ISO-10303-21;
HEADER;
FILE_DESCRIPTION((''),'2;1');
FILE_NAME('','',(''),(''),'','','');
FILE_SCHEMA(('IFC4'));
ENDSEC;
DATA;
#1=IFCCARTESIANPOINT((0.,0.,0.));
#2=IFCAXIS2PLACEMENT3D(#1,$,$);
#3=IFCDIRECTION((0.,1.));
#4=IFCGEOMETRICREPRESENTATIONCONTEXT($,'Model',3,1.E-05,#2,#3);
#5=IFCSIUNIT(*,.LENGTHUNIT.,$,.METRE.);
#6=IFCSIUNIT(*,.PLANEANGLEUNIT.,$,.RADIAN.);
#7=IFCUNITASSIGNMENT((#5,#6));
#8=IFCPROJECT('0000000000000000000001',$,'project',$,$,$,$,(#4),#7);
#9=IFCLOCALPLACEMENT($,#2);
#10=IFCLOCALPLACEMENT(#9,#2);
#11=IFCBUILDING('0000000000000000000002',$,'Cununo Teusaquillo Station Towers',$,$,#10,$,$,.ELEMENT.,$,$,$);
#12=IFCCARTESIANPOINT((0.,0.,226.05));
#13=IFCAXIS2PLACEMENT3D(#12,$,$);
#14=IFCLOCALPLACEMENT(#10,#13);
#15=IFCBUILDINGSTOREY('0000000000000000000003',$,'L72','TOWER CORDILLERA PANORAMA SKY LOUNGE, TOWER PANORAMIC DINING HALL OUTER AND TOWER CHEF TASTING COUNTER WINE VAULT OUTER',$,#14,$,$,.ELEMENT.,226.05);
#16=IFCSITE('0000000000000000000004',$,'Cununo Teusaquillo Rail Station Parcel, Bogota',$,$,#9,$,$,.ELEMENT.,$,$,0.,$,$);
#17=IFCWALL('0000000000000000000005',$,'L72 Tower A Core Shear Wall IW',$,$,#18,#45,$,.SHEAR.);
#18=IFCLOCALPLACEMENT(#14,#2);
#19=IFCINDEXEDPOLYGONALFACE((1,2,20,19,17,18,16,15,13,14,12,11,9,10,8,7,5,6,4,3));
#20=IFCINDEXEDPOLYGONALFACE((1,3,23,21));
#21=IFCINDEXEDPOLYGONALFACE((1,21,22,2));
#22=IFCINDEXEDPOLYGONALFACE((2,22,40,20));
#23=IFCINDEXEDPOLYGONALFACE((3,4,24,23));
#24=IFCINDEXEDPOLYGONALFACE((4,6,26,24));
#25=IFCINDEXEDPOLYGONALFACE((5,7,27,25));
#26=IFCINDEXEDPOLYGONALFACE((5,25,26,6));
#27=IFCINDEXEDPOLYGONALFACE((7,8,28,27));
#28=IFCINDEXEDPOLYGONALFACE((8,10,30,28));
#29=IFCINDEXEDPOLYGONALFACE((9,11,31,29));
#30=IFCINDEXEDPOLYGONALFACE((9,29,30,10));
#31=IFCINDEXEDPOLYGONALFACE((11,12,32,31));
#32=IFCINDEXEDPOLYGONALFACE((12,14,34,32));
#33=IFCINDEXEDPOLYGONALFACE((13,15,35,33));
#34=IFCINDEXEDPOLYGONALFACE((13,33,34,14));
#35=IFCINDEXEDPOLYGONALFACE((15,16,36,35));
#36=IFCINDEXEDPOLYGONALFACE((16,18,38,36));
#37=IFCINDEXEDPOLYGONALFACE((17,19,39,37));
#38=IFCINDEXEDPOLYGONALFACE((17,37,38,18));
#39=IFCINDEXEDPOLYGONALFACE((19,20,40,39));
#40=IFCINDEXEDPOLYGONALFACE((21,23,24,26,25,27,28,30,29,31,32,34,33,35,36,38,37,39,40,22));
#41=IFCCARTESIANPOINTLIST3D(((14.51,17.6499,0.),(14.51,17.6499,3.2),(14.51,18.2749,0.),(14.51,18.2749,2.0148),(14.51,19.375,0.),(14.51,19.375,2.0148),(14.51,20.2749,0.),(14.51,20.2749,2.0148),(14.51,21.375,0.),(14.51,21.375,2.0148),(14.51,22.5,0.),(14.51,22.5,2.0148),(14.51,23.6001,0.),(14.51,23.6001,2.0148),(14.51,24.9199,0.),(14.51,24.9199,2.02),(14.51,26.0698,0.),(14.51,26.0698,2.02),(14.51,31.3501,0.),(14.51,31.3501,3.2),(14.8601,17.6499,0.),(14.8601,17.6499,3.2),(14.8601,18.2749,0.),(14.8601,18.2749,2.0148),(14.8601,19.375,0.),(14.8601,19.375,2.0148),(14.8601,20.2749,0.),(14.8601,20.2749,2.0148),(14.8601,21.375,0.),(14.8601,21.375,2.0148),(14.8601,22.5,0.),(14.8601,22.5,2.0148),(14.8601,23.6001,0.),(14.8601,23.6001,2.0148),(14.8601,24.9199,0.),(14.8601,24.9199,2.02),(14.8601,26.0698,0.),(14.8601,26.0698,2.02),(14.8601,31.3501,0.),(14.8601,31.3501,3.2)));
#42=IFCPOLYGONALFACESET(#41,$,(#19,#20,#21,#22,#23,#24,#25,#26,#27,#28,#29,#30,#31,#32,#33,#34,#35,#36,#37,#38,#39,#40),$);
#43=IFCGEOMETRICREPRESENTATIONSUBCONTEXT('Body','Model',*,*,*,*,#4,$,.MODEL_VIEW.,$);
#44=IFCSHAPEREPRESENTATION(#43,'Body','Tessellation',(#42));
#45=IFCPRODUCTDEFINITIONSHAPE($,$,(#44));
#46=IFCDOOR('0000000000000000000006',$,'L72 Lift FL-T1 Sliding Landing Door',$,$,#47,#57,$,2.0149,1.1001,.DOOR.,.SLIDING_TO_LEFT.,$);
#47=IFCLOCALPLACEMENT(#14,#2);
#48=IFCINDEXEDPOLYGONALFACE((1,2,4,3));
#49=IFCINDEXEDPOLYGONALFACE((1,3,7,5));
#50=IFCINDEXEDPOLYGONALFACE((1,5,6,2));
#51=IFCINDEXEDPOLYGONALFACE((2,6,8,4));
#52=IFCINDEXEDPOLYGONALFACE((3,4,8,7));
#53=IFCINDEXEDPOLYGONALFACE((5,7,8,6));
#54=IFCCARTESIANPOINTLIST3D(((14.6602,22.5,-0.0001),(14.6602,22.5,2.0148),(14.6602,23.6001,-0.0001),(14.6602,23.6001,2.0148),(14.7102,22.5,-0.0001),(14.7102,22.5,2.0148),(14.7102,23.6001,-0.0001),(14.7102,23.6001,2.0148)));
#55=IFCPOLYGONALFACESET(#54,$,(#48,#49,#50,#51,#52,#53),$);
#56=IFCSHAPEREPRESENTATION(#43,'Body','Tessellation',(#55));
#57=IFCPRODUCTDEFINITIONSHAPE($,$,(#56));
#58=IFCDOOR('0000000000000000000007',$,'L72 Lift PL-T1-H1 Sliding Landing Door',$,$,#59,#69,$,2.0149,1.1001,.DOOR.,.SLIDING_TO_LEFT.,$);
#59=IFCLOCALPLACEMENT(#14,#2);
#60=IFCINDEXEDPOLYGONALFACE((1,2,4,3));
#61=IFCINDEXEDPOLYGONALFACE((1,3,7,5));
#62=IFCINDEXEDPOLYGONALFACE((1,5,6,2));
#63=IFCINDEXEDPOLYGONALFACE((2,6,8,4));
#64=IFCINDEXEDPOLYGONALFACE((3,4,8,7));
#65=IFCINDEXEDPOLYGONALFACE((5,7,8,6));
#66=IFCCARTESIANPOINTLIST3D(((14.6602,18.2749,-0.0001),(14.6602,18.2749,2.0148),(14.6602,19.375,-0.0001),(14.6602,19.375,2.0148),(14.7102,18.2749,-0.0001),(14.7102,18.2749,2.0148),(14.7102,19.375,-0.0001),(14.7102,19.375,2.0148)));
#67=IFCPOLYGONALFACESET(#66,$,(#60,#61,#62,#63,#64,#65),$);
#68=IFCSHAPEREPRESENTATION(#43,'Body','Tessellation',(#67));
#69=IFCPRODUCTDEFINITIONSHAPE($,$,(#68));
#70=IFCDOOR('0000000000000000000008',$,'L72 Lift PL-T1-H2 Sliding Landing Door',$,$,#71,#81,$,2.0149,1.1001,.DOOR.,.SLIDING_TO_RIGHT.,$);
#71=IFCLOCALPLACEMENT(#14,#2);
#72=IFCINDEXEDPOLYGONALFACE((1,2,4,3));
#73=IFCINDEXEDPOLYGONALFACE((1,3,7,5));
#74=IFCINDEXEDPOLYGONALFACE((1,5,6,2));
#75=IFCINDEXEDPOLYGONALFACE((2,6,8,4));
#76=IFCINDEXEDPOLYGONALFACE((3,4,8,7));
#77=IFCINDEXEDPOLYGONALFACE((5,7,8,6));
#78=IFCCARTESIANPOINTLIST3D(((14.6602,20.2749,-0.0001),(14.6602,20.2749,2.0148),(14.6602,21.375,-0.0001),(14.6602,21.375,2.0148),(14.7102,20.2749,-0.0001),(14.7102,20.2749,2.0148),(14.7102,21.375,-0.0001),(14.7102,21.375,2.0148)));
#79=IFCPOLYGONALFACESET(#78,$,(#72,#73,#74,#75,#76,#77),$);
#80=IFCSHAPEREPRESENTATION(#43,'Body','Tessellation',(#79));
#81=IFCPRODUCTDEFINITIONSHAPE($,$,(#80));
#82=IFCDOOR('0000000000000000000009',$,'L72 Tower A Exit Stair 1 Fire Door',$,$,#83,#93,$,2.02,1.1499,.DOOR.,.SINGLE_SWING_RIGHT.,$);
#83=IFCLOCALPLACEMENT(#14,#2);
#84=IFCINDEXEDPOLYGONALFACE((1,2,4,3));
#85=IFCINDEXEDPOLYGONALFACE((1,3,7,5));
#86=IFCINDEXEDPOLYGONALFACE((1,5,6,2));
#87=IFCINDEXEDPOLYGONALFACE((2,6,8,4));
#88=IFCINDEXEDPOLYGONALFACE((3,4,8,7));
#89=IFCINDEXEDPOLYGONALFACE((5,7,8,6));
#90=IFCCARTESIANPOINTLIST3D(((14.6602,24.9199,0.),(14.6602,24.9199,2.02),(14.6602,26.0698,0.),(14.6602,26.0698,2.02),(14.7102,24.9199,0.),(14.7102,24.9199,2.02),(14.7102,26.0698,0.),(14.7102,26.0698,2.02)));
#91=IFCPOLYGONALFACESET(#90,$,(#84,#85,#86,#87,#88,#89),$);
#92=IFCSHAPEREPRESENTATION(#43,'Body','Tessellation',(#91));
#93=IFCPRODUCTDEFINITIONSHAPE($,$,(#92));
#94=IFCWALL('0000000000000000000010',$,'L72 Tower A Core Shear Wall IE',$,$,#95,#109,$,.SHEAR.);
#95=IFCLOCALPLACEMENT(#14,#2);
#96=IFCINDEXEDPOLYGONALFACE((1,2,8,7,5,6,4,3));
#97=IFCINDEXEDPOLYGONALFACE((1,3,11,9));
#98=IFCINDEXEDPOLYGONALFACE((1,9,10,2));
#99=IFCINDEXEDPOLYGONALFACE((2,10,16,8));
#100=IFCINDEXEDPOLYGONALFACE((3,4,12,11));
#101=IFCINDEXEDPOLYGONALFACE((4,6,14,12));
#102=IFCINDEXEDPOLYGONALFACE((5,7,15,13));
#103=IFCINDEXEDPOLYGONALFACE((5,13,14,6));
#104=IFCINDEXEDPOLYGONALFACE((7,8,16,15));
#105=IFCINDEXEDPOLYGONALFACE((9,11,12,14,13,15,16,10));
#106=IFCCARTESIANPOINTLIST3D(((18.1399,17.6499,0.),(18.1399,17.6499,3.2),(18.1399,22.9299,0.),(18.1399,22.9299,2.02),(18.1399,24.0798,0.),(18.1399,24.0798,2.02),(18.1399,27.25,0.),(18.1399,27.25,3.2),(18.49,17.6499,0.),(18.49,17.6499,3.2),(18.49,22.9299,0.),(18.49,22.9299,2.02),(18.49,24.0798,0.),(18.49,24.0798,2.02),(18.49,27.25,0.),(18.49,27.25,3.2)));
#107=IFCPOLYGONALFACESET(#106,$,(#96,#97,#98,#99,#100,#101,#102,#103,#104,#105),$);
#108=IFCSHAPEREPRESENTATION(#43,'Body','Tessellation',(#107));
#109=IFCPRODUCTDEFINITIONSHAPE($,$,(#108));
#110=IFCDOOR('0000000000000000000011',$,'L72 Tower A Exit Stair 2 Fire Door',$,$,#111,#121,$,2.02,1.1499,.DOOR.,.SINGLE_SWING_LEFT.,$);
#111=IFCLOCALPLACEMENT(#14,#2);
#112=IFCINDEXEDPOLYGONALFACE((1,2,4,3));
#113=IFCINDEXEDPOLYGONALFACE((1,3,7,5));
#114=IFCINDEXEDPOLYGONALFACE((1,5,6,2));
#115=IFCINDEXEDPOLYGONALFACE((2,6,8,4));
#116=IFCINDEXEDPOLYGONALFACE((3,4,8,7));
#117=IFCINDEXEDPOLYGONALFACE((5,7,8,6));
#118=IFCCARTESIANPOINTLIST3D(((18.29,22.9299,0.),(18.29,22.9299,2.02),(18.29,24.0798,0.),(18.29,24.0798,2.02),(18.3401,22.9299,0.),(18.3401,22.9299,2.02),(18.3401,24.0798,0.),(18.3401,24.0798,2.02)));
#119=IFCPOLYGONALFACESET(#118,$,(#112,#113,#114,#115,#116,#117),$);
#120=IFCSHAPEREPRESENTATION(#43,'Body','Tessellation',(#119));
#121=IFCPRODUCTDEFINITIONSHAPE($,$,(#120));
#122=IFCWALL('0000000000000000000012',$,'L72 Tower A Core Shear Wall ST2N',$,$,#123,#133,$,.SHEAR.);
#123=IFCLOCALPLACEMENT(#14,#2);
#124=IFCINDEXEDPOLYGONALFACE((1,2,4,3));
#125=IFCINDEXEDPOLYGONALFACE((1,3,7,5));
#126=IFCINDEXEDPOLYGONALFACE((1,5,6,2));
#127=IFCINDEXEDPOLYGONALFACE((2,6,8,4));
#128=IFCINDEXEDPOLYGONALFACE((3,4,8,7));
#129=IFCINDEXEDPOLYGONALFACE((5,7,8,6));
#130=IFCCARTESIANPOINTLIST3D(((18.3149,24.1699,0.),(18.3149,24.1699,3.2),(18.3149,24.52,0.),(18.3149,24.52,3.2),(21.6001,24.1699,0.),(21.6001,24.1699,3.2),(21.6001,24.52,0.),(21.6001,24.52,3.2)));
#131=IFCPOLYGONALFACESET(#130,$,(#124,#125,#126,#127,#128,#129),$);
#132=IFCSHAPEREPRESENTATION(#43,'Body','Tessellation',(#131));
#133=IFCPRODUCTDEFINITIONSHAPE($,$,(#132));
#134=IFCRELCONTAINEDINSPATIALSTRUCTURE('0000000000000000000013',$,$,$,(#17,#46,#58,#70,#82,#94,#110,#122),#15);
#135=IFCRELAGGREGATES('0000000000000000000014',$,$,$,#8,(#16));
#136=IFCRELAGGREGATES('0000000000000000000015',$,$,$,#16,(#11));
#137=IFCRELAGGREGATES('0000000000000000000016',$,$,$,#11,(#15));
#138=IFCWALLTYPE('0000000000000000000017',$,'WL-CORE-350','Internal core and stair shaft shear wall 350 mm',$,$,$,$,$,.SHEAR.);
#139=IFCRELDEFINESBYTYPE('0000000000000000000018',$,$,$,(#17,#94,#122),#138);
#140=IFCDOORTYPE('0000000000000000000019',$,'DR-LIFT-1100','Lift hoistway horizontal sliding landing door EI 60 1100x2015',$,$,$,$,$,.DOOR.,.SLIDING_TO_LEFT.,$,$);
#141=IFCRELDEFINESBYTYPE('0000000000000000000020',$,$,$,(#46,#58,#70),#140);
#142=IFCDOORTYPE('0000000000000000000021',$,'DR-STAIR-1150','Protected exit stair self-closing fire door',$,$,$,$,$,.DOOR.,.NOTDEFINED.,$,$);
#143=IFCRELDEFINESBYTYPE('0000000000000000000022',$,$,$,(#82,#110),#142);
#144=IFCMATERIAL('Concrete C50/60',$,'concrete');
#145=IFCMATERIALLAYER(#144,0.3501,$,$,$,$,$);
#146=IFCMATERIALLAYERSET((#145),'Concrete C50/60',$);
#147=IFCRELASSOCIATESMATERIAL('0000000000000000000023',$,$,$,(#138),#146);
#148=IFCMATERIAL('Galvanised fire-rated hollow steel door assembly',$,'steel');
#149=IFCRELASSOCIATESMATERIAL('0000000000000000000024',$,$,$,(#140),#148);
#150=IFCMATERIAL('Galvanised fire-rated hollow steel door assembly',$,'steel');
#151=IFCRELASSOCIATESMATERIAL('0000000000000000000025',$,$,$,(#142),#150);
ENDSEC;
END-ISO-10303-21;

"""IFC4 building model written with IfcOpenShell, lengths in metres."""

from ifc_helpers import new_model, si_unit, direction, frame, frame_2d, origin, place, context, subcontext, project, spatial, rectangle, extrude, source, transform, mapped, material, layer, layer_set, type_object, element, fill, save


model = new_model("IFC4")

# Units and contexts
model_context = context("Model", 3, precision=1e-05, world=origin(), true_north=direction((0.0, 1.0)))
body_context = subcontext(model_context, "Body", "Model", "MODEL_VIEW")
ifc_project = project(units=[si_unit("LENGTHUNIT", "METRE"), si_unit("PLANEANGLEUNIT", "RADIAN")], contexts=[model_context])

# Site, building, storey
site_placement = place(None, origin())
site = spatial("IfcSite", under=ifc_project, at=site_placement, Name="Cununo Teusaquillo Rail Station Parcel, Bogota", CompositionType="ELEMENT", RefElevation=0.0)
building_placement = place(site_placement, origin())
building = spatial("IfcBuilding", under=site, at=building_placement, Name="Cununo Teusaquillo Station Towers", CompositionType="ELEMENT")
storey_placement = place(building_placement, frame((0.0, 0.0, 226.05)))
storey = spatial("IfcBuildingStorey", under=building, at=storey_placement, Name="L72", Description="TOWER CORDILLERA PANORAMA SKY LOUNGE, TOWER PANORAMIC DINING HALL OUTER AND TOWER CHEF TASTING COUNTER WINE VAULT OUTER", CompositionType="ELEMENT", Elevation=226.05)

# Wall, openings, doors
ifc_material_1 = material(Name="Concrete C50/60", Category="concrete")
ifc_layer_1 = layer(ifc_material_1, 0.3501)
ifc_layer_set_1 = layer_set([ifc_layer_1], Name="Concrete C50/60")
wall_type_1 = type_object("IfcWallType", Name="WL-CORE-350", Description="Internal core and stair shaft shear wall 350 mm", PredefinedType="SHEAR", material=ifc_layer_set_1)
wall_1_placement = place(storey_placement, frame((14.6851, 17.6499, 0.0), z_axis=(0.0, 0.0, 1.0), x_axis=(0.0, 1.0, 0.0)))
wall_1 = element("IfcWall", 1, at=wall_1_placement, inside=storey, type_object=wall_type_1, Name="L72 Tower A Core Shear Wall IW", PredefinedType="SHEAR", context=body_context, shape_type="SweptSolid", body=[
    extrude(rectangle(XDim=13.7002, YDim=0.3501, at=frame_2d((6.8501, 0.0))), origin(), (0.0, 0.0, 1.0), 3.2),
])
shared_shape_1 = source(origin(), body_context, "Body", "SweptSolid", [
    extrude(rectangle(XDim=1.1001, YDim=2.0149, at=frame_2d((0.55, 1.0073))), frame((0.0, 0.1851, 0.0), z_axis=(0.0, -1.0, 0.0), x_axis=(1.0, 0.0, 0.0)), (0.0, 0.0, 1.0), 0.3701),
])
opening_1_placement = place(wall_1_placement, frame((4.8501, 0.0, 0.0)))
opening_1 = element("IfcOpeningElement", 2, at=opening_1_placement, cuts=wall_1, PredefinedType="OPENING", context=body_context, shape_type="MappedRepresentation", body=[
    mapped(shared_shape_1, transform((0.0, 0.0, 0.0), x_axis=(1.0, 0.0, 0.0), y_axis=(0.0, 1.0, 0.0), z_axis=(0.0, 0.0, 1.0), scale=1.0)),
])
opening_2_placement = place(wall_1_placement, frame((0.625, 0.0, 0.0)))
opening_2 = element("IfcOpeningElement", 3, at=opening_2_placement, cuts=wall_1, PredefinedType="OPENING", context=body_context, shape_type="MappedRepresentation", body=[
    mapped(shared_shape_1, transform((0.0, 0.0, 0.0), x_axis=(1.0, 0.0, 0.0), y_axis=(0.0, 1.0, 0.0), z_axis=(0.0, 0.0, 1.0), scale=1.0)),
])
opening_3_placement = place(wall_1_placement, frame((2.625, 0.0, 0.0)))
opening_3 = element("IfcOpeningElement", 4, at=opening_3_placement, cuts=wall_1, PredefinedType="OPENING", context=body_context, shape_type="MappedRepresentation", body=[
    mapped(shared_shape_1, transform((0.0, 0.0, 0.0), x_axis=(1.0, 0.0, 0.0), y_axis=(0.0, 1.0, 0.0), z_axis=(0.0, 0.0, 1.0), scale=1.0)),
])
shared_shape_2 = source(origin(), body_context, "Body", "SweptSolid", [
    extrude(rectangle(XDim=1.1499, YDim=2.02, at=frame_2d((0.575, 1.01))), frame((0.0, 0.1851, 0.0), z_axis=(0.0, -1.0, 0.0), x_axis=(1.0, 0.0, 0.0)), (0.0, 0.0, 1.0), 0.3701),
])
opening_4_placement = place(wall_1_placement, frame((7.27, 0.0, 0.0)))
opening_4 = element("IfcOpeningElement", 5, at=opening_4_placement, cuts=wall_1, PredefinedType="OPENING", context=body_context, shape_type="MappedRepresentation", body=[
    mapped(shared_shape_2, transform((0.0, 0.0, 0.0), x_axis=(1.0, 0.0, 0.0), y_axis=(0.0, 1.0, 0.0), z_axis=(0.0, 0.0, 1.0), scale=1.0)),
])
ifc_material_2 = material(Name="Galvanised fire-rated hollow steel door assembly", Category="steel")
door_type_1 = type_object("IfcDoorType", Name="DR-LIFT-1100", Description="Lift hoistway horizontal sliding landing door EI 60 1100x2015", OperationType="SLIDING_TO_LEFT", PredefinedType="DOOR", material=ifc_material_2)
shared_shape_3 = source(origin(), body_context, "Body", "SweptSolid", [
    extrude(rectangle(XDim=1.1001, YDim=2.0149, at=frame_2d((0.55, 1.0073))), frame((0.0, 0.0249, 0.0), z_axis=(0.0, -1.0, 0.0), x_axis=(1.0, 0.0, 0.0)), (0.0, 0.0, 1.0), 0.05),
])
door_1_placement = place(opening_1_placement, origin())
door_1 = element("IfcDoor", 6, at=door_1_placement, inside=storey, type_object=door_type_1, Name="L72 Lift FL-T1 Sliding Landing Door", OperationType="SLIDING_TO_LEFT", OverallHeight=2.0149, OverallWidth=1.1001, PredefinedType="DOOR", context=body_context, shape_type="MappedRepresentation", body=[
    mapped(shared_shape_3, transform((0.0, 0.0, 0.0), x_axis=(1.0, 0.0, 0.0), y_axis=(0.0, 1.0, 0.0), z_axis=(0.0, 0.0, 1.0), scale=1.0)),
])
fill(opening_1, door_1)
door_2_placement = place(opening_2_placement, origin())
door_2 = element("IfcDoor", 7, at=door_2_placement, inside=storey, type_object=door_type_1, Name="L72 Lift PL-T1-H1 Sliding Landing Door", OperationType="SLIDING_TO_LEFT", OverallHeight=2.0149, OverallWidth=1.1001, PredefinedType="DOOR", context=body_context, shape_type="MappedRepresentation", body=[
    mapped(shared_shape_3, transform((0.0, 0.0, 0.0), x_axis=(1.0, 0.0, 0.0), y_axis=(0.0, 1.0, 0.0), z_axis=(0.0, 0.0, 1.0), scale=1.0)),
])
fill(opening_2, door_2)
door_3_placement = place(opening_3_placement, origin())
door_3 = element("IfcDoor", 8, at=door_3_placement, inside=storey, type_object=door_type_1, Name="L72 Lift PL-T1-H2 Sliding Landing Door", OperationType="SLIDING_TO_RIGHT", OverallHeight=2.0149, OverallWidth=1.1001, PredefinedType="DOOR", context=body_context, shape_type="MappedRepresentation", body=[
    mapped(shared_shape_3, transform((0.0, 0.0, 0.0), x_axis=(1.0, 0.0, 0.0), y_axis=(0.0, 1.0, 0.0), z_axis=(0.0, 0.0, 1.0), scale=1.0)),
])
fill(opening_3, door_3)
ifc_material_3 = material(Name="Galvanised fire-rated hollow steel door assembly", Category="steel")
door_type_2 = type_object("IfcDoorType", Name="DR-STAIR-1150", Description="Protected exit stair self-closing fire door", OperationType="NOTDEFINED", PredefinedType="DOOR", material=ifc_material_3)
shared_shape_4 = source(origin(), body_context, "Body", "SweptSolid", [
    extrude(rectangle(XDim=1.1499, YDim=2.02, at=frame_2d((0.575, 1.01))), frame((0.0, 0.0249, 0.0), z_axis=(0.0, -1.0, 0.0), x_axis=(1.0, 0.0, 0.0)), (0.0, 0.0, 1.0), 0.05),
])
door_4_placement = place(opening_4_placement, origin())
door_4 = element("IfcDoor", 9, at=door_4_placement, inside=storey, type_object=door_type_2, Name="L72 Tower A Exit Stair 1 Fire Door", OperationType="SINGLE_SWING_RIGHT", OverallHeight=2.02, OverallWidth=1.1499, PredefinedType="DOOR", context=body_context, shape_type="MappedRepresentation", body=[
    mapped(shared_shape_4, transform((0.0, 0.0, 0.0), x_axis=(1.0, 0.0, 0.0), y_axis=(0.0, 1.0, 0.0), z_axis=(0.0, 0.0, 1.0), scale=1.0)),
])
fill(opening_4, door_4)

# Wall, opening, door
wall_2_placement = place(storey_placement, frame((18.3149, 17.6499, 0.0), z_axis=(0.0, 0.0, 1.0), x_axis=(0.0, 1.0, 0.0)))
wall_2 = element("IfcWall", 10, at=wall_2_placement, inside=storey, type_object=wall_type_1, Name="L72 Tower A Core Shear Wall IE", PredefinedType="SHEAR", context=body_context, shape_type="SweptSolid", body=[
    extrude(rectangle(XDim=9.6001, YDim=0.3501, at=frame_2d((4.8, 0.0))), origin(), (0.0, 0.0, 1.0), 3.2),
])
opening_5_placement = place(wall_2_placement, frame((5.28, 0.0, 0.0)))
opening_5 = element("IfcOpeningElement", 11, at=opening_5_placement, cuts=wall_2, PredefinedType="OPENING", context=body_context, shape_type="MappedRepresentation", body=[
    mapped(shared_shape_2, transform((0.0, 0.0, 0.0), x_axis=(1.0, 0.0, 0.0), y_axis=(0.0, 1.0, 0.0), z_axis=(0.0, 0.0, 1.0), scale=1.0)),
])
door_5_placement = place(opening_5_placement, origin())
door_5 = element("IfcDoor", 12, at=door_5_placement, inside=storey, type_object=door_type_2, Name="L72 Tower A Exit Stair 2 Fire Door", OperationType="SINGLE_SWING_LEFT", OverallHeight=2.02, OverallWidth=1.1499, PredefinedType="DOOR", context=body_context, shape_type="MappedRepresentation", body=[
    mapped(shared_shape_4, transform((0.0, 0.0, 0.0), x_axis=(1.0, 0.0, 0.0), y_axis=(0.0, 1.0, 0.0), z_axis=(0.0, 0.0, 1.0), scale=1.0)),
])
fill(opening_5, door_5)

# Wall
wall_3_placement = place(storey_placement, frame((18.3149, 24.345, 0.0), z_axis=(0.0, 0.0, 1.0), x_axis=(1.0, 0.0, 0.0)))
element("IfcWall", 13, at=wall_3_placement, inside=storey, type_object=wall_type_1, Name="L72 Tower A Core Shear Wall ST2N", PredefinedType="SHEAR", context=body_context, shape_type="SweptSolid", body=[
    extrude(rectangle(XDim=3.2852, YDim=0.3501, at=frame_2d((1.6426, 0.0))), origin(), (0.0, 0.0, 1.0), 3.2),
])

save(model, "model.ifc")
